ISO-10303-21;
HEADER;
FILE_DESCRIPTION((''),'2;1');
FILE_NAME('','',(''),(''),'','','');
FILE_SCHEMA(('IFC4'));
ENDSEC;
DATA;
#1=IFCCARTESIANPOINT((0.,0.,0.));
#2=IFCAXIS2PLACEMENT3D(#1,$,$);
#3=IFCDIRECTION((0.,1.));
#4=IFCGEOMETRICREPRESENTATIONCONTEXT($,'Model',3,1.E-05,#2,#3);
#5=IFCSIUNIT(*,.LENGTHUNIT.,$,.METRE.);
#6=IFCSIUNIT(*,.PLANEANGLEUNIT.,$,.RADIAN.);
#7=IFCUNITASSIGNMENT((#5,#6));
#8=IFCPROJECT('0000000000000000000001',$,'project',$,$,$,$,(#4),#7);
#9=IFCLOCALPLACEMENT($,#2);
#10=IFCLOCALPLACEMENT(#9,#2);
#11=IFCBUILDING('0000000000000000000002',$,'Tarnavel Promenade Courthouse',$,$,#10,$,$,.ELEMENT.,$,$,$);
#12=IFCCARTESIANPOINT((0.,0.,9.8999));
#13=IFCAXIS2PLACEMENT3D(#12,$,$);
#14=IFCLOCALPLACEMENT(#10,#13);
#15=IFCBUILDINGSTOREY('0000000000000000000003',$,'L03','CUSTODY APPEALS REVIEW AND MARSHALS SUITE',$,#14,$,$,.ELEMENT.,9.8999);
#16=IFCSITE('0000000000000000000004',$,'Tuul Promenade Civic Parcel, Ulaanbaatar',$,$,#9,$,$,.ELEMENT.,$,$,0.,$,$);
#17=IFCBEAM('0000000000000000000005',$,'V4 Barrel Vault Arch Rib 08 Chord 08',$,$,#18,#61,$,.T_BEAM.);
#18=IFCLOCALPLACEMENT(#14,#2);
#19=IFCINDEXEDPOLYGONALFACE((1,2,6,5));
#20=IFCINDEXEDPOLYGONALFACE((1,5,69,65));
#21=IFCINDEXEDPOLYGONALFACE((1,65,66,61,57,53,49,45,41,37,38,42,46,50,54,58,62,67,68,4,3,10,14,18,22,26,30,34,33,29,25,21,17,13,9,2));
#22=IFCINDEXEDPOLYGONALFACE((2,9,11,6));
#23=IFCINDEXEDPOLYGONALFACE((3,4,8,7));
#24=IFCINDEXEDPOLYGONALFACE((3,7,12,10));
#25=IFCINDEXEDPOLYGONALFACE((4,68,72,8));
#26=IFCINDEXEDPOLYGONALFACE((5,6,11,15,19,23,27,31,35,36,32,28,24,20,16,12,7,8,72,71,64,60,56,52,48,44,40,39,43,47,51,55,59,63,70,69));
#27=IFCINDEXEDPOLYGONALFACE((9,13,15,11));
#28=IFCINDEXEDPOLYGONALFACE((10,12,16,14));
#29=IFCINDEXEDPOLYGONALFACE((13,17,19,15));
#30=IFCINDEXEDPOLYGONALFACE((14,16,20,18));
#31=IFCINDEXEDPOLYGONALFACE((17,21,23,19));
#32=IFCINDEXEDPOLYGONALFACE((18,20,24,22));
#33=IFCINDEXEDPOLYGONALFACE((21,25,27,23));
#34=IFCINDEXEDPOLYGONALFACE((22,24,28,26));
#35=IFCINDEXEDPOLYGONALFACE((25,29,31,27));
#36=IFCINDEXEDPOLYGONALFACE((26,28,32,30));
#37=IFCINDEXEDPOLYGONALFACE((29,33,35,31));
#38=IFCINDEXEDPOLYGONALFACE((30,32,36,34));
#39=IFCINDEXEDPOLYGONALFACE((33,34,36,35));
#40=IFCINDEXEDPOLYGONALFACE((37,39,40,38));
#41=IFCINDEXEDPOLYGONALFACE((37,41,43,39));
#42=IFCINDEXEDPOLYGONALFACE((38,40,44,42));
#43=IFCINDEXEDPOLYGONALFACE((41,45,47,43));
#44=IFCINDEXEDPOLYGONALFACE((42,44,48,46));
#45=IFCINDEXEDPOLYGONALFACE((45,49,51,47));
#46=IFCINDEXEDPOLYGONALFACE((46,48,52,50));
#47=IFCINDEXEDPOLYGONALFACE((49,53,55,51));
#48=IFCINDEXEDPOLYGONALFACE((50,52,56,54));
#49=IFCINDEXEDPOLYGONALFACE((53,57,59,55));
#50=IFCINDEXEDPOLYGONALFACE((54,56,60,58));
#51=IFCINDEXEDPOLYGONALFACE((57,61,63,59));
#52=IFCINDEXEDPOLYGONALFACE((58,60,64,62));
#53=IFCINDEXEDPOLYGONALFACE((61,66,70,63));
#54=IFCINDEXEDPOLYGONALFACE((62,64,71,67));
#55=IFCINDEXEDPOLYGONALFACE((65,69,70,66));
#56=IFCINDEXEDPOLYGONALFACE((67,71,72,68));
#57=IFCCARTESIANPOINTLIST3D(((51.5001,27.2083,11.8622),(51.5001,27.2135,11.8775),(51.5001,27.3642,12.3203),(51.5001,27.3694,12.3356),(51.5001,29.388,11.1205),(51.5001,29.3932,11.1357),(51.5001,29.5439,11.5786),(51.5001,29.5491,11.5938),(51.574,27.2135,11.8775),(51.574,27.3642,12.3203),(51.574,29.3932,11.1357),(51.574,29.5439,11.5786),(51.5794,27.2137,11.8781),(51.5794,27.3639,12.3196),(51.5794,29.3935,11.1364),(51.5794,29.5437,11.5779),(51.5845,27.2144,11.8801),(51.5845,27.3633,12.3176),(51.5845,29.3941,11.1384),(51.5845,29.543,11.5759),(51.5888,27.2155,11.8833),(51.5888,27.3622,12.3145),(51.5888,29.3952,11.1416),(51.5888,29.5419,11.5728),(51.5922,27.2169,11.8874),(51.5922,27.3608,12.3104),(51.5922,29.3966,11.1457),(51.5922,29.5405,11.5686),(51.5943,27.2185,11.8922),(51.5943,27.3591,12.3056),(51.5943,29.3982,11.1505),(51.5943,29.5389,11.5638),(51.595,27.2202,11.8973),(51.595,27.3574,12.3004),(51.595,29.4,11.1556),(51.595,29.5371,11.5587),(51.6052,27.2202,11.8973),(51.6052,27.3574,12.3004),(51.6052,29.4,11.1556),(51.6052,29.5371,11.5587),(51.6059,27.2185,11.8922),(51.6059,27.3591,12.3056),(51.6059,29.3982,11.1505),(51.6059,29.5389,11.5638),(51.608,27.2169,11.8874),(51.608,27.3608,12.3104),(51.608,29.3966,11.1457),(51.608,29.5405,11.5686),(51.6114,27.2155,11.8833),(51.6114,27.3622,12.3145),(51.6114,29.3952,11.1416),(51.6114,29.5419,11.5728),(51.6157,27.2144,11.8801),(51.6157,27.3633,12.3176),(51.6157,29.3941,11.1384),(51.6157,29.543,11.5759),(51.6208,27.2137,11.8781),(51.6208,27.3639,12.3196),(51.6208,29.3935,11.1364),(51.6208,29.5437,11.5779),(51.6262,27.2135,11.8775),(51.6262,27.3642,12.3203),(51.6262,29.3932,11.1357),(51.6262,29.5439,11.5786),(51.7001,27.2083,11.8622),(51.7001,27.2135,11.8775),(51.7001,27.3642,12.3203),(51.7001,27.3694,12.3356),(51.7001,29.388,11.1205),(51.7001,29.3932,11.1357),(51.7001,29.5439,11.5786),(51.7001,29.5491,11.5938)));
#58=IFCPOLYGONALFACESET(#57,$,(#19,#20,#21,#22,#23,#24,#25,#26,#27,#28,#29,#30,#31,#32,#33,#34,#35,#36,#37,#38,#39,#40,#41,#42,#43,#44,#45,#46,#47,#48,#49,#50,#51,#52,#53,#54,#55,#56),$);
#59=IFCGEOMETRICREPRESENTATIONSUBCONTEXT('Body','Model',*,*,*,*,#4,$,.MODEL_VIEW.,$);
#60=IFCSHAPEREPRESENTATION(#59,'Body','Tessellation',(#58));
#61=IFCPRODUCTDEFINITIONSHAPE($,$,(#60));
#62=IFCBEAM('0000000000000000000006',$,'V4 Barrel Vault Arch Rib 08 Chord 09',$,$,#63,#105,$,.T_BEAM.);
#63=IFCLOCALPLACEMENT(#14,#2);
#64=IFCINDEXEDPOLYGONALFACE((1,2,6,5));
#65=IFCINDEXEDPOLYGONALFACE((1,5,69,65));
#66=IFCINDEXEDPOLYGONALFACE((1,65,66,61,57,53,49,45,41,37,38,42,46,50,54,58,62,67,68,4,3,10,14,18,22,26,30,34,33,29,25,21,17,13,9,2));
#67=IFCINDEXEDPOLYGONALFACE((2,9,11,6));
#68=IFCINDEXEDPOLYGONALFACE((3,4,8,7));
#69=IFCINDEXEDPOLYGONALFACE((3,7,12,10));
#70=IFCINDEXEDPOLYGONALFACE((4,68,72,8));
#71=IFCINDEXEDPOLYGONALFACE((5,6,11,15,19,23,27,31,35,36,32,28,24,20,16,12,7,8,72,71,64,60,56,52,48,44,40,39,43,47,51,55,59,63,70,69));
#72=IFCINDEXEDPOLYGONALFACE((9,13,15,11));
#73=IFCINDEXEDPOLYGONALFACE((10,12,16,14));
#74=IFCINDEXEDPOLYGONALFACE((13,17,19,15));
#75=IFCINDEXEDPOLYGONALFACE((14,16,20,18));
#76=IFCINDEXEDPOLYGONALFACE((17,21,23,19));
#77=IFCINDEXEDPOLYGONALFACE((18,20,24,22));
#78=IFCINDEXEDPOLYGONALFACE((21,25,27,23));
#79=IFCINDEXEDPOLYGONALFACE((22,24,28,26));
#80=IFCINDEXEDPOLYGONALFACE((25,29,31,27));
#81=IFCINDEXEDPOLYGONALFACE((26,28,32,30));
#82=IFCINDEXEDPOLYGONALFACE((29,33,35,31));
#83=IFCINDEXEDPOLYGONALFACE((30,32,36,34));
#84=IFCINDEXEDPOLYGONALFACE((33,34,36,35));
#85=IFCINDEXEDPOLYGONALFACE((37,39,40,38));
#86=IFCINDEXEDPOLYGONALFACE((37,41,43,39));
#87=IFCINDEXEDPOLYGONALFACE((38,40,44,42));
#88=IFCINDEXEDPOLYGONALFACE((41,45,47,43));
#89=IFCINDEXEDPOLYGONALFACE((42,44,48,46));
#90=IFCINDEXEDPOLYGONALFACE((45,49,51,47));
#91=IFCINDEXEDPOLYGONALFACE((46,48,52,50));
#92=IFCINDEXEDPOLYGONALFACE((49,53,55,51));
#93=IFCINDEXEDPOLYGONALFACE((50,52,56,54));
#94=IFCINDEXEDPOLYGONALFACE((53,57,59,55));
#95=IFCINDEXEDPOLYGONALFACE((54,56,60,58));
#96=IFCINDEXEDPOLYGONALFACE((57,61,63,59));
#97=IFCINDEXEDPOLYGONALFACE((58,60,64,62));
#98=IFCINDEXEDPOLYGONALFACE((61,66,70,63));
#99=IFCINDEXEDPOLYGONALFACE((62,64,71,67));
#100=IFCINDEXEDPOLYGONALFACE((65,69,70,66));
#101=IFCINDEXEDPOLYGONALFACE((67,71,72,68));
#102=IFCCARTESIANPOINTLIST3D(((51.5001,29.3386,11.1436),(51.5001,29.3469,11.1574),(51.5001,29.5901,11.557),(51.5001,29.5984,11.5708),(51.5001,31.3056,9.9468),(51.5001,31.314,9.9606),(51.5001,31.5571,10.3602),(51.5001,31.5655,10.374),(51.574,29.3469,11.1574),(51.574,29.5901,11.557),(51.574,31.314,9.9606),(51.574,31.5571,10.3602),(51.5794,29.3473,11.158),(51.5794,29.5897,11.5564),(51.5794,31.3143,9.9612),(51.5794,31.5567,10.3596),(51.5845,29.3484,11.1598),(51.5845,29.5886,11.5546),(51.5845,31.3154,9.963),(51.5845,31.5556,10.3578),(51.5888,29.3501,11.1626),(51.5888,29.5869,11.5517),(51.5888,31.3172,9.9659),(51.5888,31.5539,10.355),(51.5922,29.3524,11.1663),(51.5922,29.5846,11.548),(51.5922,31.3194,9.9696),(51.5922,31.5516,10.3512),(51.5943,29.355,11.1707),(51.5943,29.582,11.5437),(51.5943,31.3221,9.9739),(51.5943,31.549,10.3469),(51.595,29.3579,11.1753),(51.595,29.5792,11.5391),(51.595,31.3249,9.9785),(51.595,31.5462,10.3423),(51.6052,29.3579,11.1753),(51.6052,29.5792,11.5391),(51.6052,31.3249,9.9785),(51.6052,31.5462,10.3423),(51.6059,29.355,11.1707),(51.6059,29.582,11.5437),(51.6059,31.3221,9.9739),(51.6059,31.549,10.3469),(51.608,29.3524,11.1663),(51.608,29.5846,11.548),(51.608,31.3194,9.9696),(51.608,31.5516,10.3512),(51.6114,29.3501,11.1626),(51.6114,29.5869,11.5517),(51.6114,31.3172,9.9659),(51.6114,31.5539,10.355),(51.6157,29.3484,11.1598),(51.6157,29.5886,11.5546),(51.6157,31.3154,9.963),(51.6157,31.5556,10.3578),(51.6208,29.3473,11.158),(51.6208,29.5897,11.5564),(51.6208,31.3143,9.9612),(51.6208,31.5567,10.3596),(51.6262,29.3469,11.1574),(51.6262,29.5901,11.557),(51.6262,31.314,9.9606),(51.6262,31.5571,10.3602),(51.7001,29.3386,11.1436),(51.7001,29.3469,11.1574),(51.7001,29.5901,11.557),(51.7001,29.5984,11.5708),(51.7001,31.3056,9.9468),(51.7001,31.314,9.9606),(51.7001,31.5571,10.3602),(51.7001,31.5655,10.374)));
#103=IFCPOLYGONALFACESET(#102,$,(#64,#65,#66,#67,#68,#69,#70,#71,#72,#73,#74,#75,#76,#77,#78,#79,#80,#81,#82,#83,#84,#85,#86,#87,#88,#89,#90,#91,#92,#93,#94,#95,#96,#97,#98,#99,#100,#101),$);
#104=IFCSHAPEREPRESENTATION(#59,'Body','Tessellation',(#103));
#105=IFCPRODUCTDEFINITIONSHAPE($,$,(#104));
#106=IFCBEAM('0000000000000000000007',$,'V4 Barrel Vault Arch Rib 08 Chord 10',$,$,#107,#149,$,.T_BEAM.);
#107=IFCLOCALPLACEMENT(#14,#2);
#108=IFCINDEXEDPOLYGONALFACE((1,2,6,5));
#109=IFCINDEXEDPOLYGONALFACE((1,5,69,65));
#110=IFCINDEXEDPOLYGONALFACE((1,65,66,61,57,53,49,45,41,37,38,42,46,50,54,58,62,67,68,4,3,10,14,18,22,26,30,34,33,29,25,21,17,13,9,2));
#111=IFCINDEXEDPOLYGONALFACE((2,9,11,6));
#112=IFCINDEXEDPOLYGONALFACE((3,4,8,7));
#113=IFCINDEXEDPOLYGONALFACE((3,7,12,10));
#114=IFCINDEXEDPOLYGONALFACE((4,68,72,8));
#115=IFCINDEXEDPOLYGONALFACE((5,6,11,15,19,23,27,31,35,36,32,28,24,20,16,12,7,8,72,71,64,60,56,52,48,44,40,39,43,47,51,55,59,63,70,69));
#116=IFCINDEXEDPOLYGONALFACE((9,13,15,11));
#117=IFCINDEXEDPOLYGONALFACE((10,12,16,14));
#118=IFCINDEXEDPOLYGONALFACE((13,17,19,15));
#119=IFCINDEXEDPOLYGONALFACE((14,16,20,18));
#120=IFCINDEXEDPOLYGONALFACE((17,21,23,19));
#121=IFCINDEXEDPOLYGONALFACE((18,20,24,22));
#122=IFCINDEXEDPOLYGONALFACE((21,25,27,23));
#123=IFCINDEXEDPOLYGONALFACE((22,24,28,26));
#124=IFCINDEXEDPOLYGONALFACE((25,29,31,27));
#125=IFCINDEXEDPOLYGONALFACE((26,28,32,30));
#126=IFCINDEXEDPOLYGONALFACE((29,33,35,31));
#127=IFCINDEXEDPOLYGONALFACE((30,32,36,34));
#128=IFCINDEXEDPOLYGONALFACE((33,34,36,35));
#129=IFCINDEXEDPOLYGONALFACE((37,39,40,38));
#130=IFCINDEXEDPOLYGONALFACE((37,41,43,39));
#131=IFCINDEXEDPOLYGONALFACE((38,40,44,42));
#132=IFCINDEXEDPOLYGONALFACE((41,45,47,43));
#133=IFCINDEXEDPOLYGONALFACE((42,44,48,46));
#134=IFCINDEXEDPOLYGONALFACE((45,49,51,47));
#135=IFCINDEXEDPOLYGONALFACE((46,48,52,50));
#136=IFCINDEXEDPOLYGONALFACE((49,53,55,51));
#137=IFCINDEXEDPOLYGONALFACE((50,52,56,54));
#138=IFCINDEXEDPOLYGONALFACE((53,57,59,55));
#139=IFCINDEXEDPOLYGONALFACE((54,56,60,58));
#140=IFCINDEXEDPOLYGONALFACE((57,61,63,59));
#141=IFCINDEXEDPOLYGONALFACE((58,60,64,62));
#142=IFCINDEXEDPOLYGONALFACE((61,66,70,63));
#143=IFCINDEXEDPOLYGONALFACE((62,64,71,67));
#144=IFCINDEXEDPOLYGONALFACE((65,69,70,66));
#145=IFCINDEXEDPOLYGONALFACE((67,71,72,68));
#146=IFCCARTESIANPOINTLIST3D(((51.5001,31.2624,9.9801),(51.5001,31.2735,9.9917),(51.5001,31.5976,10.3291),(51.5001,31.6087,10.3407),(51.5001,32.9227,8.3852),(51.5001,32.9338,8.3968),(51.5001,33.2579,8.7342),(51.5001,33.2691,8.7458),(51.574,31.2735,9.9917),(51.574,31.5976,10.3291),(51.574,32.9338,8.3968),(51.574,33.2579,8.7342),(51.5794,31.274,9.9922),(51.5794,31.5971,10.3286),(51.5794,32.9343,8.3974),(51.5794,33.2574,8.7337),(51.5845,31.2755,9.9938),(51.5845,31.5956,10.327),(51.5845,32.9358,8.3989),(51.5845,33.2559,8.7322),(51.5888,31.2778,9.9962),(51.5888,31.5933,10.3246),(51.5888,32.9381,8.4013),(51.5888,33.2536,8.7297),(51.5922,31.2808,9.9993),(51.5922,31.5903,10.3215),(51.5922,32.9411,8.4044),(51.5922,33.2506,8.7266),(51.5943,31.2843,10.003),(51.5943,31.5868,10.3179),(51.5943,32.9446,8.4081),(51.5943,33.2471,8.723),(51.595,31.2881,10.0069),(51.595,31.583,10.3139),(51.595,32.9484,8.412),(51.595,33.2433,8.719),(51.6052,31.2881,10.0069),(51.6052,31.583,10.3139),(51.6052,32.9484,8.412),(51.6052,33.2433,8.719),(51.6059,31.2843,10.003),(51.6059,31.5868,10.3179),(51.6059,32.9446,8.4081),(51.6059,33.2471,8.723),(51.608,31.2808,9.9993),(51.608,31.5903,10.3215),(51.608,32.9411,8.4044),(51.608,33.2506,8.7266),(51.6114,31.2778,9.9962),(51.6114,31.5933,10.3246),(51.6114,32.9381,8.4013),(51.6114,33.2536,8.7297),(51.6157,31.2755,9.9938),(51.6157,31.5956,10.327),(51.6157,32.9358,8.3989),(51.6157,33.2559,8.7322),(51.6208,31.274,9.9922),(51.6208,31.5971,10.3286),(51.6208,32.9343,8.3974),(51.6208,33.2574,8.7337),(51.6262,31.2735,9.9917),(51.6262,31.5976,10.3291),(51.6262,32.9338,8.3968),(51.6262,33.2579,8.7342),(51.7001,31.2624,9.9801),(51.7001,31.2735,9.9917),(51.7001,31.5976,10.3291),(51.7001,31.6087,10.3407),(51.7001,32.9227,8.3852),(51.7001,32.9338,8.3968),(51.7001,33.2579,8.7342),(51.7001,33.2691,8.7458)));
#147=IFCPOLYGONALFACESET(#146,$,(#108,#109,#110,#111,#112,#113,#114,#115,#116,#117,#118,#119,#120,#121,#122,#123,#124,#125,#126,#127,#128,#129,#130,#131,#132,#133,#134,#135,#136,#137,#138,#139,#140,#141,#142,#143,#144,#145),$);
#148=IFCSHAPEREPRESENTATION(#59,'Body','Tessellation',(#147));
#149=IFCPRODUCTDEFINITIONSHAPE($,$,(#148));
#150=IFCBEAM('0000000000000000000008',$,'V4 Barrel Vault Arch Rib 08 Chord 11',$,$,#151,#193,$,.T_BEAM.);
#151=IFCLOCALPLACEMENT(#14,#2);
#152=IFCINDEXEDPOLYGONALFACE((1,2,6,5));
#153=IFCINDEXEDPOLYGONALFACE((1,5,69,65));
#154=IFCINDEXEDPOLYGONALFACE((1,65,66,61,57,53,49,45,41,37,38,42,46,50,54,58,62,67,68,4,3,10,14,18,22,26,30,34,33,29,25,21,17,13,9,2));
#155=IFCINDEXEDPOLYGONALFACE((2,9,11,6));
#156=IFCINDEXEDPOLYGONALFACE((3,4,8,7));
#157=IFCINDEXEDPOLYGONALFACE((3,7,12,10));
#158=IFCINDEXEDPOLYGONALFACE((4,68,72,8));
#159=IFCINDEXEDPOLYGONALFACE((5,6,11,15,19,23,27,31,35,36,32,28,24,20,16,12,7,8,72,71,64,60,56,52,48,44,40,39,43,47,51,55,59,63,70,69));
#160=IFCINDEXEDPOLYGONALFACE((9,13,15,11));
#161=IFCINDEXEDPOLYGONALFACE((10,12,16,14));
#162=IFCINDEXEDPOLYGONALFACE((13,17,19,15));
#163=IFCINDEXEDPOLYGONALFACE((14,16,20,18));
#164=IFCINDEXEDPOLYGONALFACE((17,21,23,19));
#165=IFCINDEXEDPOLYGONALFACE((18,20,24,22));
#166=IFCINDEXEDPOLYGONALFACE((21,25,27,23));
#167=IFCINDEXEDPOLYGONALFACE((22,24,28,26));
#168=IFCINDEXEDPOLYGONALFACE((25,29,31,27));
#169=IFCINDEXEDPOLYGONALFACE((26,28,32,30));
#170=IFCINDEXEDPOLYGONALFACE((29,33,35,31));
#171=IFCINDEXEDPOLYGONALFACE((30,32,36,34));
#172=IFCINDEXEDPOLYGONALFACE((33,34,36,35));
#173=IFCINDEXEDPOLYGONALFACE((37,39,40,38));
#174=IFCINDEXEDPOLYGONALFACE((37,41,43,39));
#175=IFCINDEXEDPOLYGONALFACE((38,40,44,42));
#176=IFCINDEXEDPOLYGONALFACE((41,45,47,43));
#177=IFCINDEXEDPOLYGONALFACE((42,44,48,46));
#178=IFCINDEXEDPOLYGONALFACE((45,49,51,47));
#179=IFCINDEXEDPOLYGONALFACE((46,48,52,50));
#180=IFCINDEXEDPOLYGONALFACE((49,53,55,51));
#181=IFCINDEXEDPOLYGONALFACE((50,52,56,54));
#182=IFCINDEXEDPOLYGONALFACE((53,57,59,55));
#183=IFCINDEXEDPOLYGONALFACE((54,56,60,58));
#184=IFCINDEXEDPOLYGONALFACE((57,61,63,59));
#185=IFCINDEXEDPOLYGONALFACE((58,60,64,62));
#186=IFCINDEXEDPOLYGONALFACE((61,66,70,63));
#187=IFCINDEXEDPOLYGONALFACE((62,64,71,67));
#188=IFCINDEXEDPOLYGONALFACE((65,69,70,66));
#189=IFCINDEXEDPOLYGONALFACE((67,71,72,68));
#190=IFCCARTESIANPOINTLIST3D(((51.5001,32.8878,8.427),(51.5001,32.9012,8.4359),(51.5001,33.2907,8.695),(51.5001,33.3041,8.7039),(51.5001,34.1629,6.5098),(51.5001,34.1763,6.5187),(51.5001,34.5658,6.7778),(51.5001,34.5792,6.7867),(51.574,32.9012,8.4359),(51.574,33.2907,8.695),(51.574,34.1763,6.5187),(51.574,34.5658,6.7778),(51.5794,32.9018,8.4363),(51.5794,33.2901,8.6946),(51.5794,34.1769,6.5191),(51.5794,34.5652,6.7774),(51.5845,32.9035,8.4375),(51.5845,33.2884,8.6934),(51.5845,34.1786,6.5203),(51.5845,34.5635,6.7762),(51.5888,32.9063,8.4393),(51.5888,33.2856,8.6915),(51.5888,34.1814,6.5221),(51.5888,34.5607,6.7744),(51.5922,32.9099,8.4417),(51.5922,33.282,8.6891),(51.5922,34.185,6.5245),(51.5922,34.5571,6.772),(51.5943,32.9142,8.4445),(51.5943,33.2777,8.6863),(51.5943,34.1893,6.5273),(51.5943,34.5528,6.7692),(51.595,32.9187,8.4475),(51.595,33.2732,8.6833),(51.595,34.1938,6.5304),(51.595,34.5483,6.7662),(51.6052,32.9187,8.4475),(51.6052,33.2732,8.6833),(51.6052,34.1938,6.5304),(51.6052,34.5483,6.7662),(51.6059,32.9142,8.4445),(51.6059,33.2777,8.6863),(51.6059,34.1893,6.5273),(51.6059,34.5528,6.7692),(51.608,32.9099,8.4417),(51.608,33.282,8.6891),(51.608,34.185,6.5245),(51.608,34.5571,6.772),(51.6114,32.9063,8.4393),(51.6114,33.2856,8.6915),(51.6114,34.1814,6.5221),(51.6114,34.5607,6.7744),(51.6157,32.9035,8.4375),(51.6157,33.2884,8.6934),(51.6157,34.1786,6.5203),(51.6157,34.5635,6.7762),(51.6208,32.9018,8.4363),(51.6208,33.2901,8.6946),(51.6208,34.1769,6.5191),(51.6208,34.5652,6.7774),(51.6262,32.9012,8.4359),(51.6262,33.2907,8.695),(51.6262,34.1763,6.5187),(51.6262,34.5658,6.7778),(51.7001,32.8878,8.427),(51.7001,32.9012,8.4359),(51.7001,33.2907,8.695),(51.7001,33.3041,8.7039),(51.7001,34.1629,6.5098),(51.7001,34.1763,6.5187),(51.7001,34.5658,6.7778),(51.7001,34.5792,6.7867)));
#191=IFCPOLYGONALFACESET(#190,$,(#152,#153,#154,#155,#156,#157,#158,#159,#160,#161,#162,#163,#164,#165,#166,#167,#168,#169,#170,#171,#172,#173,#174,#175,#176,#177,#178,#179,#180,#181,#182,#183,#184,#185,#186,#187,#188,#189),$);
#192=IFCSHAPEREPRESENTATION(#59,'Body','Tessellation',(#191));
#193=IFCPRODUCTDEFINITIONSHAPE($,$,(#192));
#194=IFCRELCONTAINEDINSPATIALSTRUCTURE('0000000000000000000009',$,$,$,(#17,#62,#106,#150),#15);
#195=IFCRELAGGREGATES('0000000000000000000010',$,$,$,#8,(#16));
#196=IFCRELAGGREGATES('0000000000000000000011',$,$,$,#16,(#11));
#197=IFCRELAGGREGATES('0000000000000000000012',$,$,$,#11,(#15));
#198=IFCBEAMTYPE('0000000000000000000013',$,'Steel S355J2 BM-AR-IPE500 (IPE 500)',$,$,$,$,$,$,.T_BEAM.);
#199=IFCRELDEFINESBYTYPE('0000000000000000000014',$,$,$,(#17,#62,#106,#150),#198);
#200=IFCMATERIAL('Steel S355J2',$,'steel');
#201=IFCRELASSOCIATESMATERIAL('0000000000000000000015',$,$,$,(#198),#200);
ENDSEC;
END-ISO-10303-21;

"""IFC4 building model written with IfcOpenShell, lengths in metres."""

from ifc_helpers import new_model, si_unit, direction, frame, origin, origin_2d, place, context, subcontext, project, spatial, i_section, extrude, material, material_profile, profile_set, type_object, element, save


model = new_model("IFC4")

# Units and contexts
model_context = context("Model", 3, precision=1e-05, world=origin(), true_north=direction((0.0, 1.0)))
body_context = subcontext(model_context, "Body", "Model", "MODEL_VIEW")
ifc_project = project(units=[si_unit("LENGTHUNIT", "METRE"), si_unit("PLANEANGLEUNIT", "RADIAN")], contexts=[model_context])

# Site, building, storey
site_placement = place(None, origin())
site = spatial("IfcSite", under=ifc_project, at=site_placement, Name="Tuul Promenade Civic Parcel, Ulaanbaatar", CompositionType="ELEMENT", RefElevation=0.0)
building_placement = place(site_placement, origin())
building = spatial("IfcBuilding", under=site, at=building_placement, Name="Tarnavel Promenade Courthouse", CompositionType="ELEMENT")
storey_placement = place(building_placement, frame((0.0, 0.0, 9.8999)))
storey = spatial("IfcBuildingStorey", under=building, at=storey_placement, Name="L03", Description="CUSTODY APPEALS REVIEW AND MARSHALS SUITE", CompositionType="ELEMENT", Elevation=9.8999)

# Beams
ifc_material = material(Name="Steel S355J2", Category="steel")
ifc_material_profile_1 = material_profile(ifc_material, i_section(OverallWidth=0.2, OverallDepth=0.5, WebThickness=0.0103, FlangeThickness=0.0161, FilletRadius=0.021, at=origin_2d()), Name="IPE 500")
ifc_profile_set_1 = profile_set([ifc_material_profile_1], Name="Steel S355J2")
beam_type = type_object("IfcBeamType", Name="Steel S355J2 BM-AR-IPE500 (IPE 500)", PredefinedType="T_BEAM", material=ifc_profile_set_1)
for number, where, z_axis, x_axis, name in (
    (1, (51.6001, 27.2888, 12.0989), (0.0, 0.946693, -0.322138), (-1.0, 0.0, 0.0), "V4 Barrel Vault Arch Rib 08 Chord 08"),
    (2, (51.6001, 29.4685, 11.3572), (0.0, 0.854305, -0.519772), (-1.0, 0.0, 0.0), "V4 Barrel Vault Arch Rib 08 Chord 09"),
):
    element("IfcBeam", number, at=place(storey_placement, frame(where, z_axis=z_axis, x_axis=x_axis)), inside=storey, type_object=beam_type, Name=name, PredefinedType="T_BEAM", context=body_context, shape_type="SweptSolid", body=[
        extrude(i_section(OverallWidth=0.2, OverallDepth=0.5, WebThickness=0.0103, FlangeThickness=0.0161, FilletRadius=0.021, at=origin_2d()), origin(), (0.0, 0.0, 1.0), 2.3025),
    ])
beam_1_placement = place(storey_placement, frame((51.6001, 31.4355, 10.1604), z_axis=(0.0, 0.721173, -0.692755), x_axis=(-1.0, 0.0, 0.0)))
element("IfcBeam", 3, at=beam_1_placement, inside=storey, type_object=beam_type, Name="V4 Barrel Vault Arch Rib 08 Chord 10", PredefinedType="T_BEAM", context=body_context, shape_type="SweptSolid", body=[
    extrude(i_section(OverallWidth=0.2, OverallDepth=0.5, WebThickness=0.0103, FlangeThickness=0.0161, FilletRadius=0.021, at=origin_2d()), origin(), (0.0, 0.0, 1.0), 2.3022),
])
beam_2_placement = place(storey_placement, frame((51.6001, 33.0959, 8.5654), z_axis=(0.0, 0.553795, -0.832653), x_axis=(-1.0, 0.0, 0.0)))
element("IfcBeam", 4, at=beam_2_placement, inside=storey, type_object=beam_type, Name="V4 Barrel Vault Arch Rib 08 Chord 11", PredefinedType="T_BEAM", context=body_context, shape_type="SweptSolid", body=[
    extrude(i_section(OverallWidth=0.2, OverallDepth=0.5, WebThickness=0.0103, FlangeThickness=0.0161, FilletRadius=0.021, at=origin_2d()), origin(), (0.0, 0.0, 1.0), 2.3025),
])

save(model, "model.ifc")
